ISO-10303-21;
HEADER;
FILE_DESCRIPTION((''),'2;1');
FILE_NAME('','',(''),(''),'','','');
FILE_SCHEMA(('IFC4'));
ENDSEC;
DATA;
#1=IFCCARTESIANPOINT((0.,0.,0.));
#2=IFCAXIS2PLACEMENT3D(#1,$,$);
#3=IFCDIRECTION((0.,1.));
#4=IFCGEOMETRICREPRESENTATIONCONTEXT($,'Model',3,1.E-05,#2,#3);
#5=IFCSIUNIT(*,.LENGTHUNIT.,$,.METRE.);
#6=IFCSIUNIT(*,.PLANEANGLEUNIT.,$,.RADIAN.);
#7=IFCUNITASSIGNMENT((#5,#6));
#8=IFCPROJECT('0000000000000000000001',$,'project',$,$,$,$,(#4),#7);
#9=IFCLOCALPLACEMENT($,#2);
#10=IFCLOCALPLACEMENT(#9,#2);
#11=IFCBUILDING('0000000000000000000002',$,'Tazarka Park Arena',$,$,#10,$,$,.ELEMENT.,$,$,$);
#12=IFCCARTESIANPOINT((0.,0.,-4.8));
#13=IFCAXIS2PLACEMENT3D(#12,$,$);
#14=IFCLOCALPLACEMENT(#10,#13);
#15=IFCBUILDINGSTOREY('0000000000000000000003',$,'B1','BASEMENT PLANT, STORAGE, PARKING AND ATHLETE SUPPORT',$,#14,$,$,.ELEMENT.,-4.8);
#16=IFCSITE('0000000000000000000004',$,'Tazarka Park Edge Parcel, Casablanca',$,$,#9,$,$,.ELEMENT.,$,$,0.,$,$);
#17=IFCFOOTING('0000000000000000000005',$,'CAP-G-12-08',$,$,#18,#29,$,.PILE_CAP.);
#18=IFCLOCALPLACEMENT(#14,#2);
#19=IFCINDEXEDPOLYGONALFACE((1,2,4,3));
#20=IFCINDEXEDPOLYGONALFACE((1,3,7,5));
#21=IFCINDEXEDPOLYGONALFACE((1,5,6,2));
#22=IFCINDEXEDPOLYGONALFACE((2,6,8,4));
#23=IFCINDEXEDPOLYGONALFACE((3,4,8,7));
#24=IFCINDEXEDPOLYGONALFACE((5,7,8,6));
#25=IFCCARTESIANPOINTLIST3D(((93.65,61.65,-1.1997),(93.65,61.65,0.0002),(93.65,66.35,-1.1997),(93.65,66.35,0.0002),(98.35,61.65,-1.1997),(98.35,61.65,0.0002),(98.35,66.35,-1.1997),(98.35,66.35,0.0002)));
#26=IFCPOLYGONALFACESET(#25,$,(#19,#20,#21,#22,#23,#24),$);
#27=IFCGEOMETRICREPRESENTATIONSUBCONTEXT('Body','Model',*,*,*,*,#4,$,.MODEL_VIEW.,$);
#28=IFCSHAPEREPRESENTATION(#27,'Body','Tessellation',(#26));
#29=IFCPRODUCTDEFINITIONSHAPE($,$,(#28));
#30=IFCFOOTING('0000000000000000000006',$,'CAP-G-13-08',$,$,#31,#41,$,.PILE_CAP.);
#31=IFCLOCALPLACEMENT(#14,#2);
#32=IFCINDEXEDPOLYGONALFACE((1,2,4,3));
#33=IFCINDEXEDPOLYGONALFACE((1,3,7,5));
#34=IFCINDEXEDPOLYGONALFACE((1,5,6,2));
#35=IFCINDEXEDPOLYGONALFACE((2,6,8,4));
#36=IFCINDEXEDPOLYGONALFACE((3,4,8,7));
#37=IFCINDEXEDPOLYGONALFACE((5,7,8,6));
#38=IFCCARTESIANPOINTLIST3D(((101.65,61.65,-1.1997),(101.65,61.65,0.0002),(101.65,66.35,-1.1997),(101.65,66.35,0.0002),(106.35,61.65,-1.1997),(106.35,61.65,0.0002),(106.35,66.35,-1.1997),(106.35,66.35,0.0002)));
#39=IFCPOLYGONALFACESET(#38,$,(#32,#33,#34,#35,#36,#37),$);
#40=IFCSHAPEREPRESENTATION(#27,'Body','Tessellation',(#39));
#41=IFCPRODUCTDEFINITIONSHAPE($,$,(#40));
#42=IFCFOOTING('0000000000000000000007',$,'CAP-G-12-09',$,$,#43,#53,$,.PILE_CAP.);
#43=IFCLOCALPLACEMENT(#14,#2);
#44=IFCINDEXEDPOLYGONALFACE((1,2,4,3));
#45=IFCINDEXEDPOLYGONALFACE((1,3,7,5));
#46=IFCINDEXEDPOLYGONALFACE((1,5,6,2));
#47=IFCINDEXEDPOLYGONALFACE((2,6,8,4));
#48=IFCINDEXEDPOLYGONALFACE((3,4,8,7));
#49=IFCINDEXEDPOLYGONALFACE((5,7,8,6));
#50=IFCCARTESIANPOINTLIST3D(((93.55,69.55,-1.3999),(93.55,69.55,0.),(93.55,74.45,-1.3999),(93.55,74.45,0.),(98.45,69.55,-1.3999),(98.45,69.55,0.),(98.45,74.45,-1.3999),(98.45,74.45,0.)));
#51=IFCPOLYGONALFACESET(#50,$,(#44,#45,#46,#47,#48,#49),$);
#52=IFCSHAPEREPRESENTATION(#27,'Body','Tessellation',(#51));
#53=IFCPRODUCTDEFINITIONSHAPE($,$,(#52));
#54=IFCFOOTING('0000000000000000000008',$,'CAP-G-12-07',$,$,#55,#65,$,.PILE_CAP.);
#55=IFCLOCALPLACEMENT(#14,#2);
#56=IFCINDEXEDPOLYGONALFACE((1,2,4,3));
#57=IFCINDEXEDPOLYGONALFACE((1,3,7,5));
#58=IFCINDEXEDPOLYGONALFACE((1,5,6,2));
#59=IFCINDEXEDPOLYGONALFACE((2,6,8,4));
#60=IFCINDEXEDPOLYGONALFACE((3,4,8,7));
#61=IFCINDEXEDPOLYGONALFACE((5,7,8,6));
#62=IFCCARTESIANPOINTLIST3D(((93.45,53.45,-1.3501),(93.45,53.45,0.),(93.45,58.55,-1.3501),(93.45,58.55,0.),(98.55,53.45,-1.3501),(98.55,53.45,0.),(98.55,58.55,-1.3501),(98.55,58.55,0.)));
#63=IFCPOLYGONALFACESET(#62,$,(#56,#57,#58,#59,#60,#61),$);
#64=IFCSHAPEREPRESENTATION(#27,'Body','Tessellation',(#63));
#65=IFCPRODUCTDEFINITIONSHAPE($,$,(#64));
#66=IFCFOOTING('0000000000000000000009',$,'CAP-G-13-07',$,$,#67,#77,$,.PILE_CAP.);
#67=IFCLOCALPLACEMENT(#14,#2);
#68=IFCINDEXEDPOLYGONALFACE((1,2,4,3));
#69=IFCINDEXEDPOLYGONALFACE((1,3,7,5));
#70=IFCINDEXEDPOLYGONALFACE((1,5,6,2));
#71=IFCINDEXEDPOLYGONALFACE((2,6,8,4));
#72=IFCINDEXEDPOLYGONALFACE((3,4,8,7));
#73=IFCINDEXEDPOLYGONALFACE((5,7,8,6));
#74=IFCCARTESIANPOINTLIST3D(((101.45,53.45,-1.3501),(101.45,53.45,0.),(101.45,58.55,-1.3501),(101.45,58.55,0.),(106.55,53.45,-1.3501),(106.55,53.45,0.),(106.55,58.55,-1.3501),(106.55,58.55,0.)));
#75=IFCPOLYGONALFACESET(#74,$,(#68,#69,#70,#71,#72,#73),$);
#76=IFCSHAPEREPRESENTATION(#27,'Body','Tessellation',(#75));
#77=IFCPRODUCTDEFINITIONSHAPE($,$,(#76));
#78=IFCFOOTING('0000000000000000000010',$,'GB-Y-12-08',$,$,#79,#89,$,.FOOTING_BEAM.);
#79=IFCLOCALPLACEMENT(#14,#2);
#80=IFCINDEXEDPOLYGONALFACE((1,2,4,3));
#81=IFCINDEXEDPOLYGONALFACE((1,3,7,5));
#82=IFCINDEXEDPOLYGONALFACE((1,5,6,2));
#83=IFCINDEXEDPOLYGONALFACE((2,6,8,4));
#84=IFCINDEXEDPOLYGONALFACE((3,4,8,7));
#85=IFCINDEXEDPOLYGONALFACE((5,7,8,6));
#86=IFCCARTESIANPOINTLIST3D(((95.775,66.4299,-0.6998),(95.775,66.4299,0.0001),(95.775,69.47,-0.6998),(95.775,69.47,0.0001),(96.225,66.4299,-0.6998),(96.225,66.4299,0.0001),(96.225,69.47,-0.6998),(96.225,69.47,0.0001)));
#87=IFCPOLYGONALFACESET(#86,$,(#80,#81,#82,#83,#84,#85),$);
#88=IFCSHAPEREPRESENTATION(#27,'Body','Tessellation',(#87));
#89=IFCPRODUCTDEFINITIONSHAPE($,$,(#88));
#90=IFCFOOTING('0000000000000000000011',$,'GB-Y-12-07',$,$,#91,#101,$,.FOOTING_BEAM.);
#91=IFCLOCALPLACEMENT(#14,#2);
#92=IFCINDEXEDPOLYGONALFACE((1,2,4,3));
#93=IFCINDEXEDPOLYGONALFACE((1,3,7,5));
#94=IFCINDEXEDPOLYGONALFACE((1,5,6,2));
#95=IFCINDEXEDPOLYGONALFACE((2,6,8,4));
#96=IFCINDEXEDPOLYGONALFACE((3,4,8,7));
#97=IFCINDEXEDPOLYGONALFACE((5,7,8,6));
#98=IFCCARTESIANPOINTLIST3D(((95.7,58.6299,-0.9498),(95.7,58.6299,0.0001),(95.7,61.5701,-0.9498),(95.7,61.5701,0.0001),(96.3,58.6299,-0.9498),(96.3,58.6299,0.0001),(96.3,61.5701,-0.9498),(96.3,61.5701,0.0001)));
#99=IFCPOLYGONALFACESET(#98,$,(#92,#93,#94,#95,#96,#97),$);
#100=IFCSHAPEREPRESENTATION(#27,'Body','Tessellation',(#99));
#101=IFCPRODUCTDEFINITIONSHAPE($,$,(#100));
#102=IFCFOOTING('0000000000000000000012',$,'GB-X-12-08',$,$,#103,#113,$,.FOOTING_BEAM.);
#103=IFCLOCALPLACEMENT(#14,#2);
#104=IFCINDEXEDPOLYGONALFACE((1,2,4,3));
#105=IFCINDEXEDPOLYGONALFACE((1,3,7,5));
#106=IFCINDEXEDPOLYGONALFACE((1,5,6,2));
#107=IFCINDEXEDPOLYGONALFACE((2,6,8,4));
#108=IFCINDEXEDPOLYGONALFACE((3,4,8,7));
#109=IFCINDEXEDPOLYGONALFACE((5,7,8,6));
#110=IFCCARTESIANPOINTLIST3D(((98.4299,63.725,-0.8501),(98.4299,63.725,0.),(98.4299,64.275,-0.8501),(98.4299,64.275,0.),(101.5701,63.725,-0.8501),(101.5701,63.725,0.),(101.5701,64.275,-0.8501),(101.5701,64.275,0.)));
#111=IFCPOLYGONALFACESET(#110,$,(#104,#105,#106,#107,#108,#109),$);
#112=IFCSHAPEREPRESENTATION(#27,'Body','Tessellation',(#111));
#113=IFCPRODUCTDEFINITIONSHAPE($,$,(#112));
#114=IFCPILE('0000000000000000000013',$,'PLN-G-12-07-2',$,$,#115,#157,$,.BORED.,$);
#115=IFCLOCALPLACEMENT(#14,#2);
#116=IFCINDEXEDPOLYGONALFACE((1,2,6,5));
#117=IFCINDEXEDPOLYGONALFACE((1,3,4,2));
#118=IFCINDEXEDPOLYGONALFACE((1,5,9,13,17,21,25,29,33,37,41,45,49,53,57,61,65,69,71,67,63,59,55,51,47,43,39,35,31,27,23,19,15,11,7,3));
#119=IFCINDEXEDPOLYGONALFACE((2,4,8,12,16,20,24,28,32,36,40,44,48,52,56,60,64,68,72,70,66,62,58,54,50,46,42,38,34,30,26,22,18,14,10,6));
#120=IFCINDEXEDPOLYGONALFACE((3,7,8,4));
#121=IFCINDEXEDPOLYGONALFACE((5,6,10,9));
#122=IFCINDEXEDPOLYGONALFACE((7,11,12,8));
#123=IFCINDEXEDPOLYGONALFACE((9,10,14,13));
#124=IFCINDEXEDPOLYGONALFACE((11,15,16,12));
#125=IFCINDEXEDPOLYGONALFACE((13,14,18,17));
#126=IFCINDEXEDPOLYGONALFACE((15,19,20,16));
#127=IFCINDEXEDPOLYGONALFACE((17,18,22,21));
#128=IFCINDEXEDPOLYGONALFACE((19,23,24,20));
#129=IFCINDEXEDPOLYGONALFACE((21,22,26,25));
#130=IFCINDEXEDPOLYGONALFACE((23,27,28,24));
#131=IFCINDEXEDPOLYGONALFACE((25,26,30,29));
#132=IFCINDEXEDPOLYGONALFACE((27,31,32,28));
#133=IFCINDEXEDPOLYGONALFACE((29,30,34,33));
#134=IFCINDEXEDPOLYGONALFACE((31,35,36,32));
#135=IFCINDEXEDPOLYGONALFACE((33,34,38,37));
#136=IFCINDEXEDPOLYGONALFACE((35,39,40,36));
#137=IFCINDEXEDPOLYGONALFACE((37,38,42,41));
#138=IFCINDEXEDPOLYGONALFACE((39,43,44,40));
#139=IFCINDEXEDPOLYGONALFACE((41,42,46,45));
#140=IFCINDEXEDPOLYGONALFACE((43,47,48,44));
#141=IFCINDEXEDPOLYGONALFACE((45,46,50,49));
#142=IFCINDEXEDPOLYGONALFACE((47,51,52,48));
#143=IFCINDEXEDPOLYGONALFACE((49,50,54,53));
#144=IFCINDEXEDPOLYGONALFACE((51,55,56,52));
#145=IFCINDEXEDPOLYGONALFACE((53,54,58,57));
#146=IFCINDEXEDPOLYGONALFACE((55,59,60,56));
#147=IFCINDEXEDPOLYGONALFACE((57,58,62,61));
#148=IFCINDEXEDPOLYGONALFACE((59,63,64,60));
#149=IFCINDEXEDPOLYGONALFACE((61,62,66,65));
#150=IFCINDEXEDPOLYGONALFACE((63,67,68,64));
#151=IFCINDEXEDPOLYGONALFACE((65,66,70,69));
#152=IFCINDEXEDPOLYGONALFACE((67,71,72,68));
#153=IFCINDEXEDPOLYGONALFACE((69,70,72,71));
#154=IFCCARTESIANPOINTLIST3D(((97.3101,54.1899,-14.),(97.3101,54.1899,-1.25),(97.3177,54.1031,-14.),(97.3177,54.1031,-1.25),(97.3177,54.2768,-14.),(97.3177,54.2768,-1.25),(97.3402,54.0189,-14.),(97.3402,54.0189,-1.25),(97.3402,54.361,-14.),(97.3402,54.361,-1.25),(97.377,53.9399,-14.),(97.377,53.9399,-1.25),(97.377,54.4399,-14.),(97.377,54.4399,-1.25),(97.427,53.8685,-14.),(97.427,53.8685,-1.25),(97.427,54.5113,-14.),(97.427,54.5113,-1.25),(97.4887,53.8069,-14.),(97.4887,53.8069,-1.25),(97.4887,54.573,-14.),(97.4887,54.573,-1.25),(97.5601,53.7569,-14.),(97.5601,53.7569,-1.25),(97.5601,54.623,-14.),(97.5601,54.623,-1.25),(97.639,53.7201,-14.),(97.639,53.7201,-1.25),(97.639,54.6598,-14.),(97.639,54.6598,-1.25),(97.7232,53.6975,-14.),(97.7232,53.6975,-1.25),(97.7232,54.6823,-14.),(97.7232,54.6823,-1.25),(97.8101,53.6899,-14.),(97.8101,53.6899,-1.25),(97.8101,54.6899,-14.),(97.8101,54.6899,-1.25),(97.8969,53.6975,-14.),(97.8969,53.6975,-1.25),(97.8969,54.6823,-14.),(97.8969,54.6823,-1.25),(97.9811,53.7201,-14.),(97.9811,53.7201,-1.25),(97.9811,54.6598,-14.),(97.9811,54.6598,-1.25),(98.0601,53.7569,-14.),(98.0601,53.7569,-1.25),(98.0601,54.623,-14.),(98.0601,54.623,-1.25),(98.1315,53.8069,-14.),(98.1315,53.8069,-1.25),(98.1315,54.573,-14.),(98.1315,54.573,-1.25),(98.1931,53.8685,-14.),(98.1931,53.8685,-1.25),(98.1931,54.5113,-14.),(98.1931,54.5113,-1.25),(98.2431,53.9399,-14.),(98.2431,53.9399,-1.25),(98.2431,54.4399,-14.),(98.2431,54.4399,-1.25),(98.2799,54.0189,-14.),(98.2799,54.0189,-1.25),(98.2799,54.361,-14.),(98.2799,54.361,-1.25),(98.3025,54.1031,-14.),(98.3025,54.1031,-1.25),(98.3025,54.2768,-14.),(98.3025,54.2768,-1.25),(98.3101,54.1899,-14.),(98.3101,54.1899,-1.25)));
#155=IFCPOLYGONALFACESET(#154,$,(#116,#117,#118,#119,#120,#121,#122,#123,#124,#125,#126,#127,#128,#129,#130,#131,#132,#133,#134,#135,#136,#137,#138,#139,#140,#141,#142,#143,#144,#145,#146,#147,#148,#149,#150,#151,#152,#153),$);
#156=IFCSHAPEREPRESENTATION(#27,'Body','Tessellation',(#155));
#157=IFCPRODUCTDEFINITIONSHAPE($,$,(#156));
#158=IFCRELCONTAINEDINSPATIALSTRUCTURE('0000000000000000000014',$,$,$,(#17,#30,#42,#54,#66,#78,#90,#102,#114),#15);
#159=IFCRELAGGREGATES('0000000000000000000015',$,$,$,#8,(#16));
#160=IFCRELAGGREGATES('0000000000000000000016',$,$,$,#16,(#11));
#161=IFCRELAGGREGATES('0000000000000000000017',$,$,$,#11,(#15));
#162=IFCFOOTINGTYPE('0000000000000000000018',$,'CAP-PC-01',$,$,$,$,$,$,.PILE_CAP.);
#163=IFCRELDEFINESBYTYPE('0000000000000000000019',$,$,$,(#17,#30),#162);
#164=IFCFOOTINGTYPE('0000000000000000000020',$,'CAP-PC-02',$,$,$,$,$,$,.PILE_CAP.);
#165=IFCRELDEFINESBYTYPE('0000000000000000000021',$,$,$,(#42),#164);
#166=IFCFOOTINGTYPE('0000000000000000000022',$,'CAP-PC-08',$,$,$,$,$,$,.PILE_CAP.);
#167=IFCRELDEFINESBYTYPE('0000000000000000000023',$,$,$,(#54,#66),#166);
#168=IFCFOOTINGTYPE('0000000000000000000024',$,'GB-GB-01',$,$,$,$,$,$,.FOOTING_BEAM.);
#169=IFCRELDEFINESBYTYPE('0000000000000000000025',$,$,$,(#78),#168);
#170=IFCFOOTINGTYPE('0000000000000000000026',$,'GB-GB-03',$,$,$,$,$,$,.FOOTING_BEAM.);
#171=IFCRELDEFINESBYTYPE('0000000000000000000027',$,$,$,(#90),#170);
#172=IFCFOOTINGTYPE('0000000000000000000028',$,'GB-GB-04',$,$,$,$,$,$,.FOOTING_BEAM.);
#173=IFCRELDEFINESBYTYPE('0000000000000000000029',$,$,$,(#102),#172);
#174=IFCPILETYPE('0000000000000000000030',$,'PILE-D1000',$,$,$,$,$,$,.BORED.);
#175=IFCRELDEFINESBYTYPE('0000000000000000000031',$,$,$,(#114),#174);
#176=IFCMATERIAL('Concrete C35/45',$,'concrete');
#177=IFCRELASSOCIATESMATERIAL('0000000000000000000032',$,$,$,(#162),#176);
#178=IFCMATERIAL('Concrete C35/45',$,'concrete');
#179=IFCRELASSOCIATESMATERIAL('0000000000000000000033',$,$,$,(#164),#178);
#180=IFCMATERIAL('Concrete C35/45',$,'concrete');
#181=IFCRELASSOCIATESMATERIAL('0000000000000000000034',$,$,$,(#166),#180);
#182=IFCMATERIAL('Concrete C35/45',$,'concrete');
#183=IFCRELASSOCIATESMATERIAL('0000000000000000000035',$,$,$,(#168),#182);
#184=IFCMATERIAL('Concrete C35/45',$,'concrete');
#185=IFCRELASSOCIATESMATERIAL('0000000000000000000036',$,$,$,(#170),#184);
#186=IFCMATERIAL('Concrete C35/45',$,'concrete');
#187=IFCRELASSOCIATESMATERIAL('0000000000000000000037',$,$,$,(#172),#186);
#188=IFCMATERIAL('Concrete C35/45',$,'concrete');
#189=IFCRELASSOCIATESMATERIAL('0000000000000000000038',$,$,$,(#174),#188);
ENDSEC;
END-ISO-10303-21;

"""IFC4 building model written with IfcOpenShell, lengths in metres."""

from ifc_helpers import new_model, si_unit, direction, frame, origin, origin_2d, place, context, subcontext, project, spatial, rectangle, circle, extrude, material, material_profile, profile_set, type_object, element, save


model = new_model("IFC4")

# Units and contexts
model_context = context("Model", 3, precision=1e-05, world=origin(), true_north=direction((0.0, 1.0)))
body_context = subcontext(model_context, "Body", "Model", "MODEL_VIEW")
ifc_project = project(units=[si_unit("LENGTHUNIT", "METRE"), si_unit("PLANEANGLEUNIT", "RADIAN")], contexts=[model_context])

# Site, building, storey
site_placement = place(None, origin())
site = spatial("IfcSite", under=ifc_project, at=site_placement, Name="Tazarka Park Edge Parcel, Casablanca", CompositionType="ELEMENT", RefElevation=0.0)
building_placement = place(site_placement, origin())
building = spatial("IfcBuilding", under=site, at=building_placement, Name="Tazarka Park Arena", CompositionType="ELEMENT")
storey_placement = place(building_placement, frame((0.0, 0.0, -4.8)))
storey = spatial("IfcBuildingStorey", under=building, at=storey_placement, Name="B1", Description="BASEMENT PLANT, STORAGE, PARKING AND ATHLETE SUPPORT", CompositionType="ELEMENT", Elevation=-4.8)

# Footings
ifc_material_1 = material(Name="Concrete C35/45", Category="concrete")
footing_type_1 = type_object("IfcFootingType", Name="CAP-PC-01", PredefinedType="PILE_CAP", material=ifc_material_1)
for number, where, z_axis, x_axis, name in (
    (1, (96.0, 64.0, -1.1997), (0.0, 0.0, 1.0), (1.0, 0.0, 0.0), "CAP-G-12-08"),
    (2, (104.0, 64.0, -1.1997), (0.0, 0.0, 1.0), (1.0, 0.0, 0.0), "CAP-G-13-08"),
):
    element("IfcFooting", number, at=place(storey_placement, frame(where, z_axis=z_axis, x_axis=x_axis)), inside=storey, type_object=footing_type_1, Name=name, PredefinedType="PILE_CAP", context=body_context, shape_type="SweptSolid", body=[
        extrude(rectangle(XDim=4.7, YDim=4.7, at=origin_2d()), origin(), (0.0, 0.0, 1.0), 1.2),
    ])
ifc_material_2 = material(Name="Concrete C35/45", Category="concrete")
footing_type_2 = type_object("IfcFootingType", Name="CAP-PC-02", PredefinedType="PILE_CAP", material=ifc_material_2)
footing_1_placement = place(storey_placement, frame((96.0, 72.0, -1.3999), z_axis=(0.0, 0.0, 1.0), x_axis=(1.0, 0.0, 0.0)))
element("IfcFooting", 3, at=footing_1_placement, inside=storey, type_object=footing_type_2, Name="CAP-G-12-09", PredefinedType="PILE_CAP", context=body_context, shape_type="SweptSolid", body=[
    extrude(rectangle(XDim=4.8999, YDim=4.8999, at=origin_2d()), origin(), (0.0, 0.0, 1.0), 1.3999),
])
ifc_material_3 = material(Name="Concrete C35/45", Category="concrete")
footing_type_3 = type_object("IfcFootingType", Name="CAP-PC-08", PredefinedType="PILE_CAP", material=ifc_material_3)
for number, where, z_axis, x_axis, name in (
    (4, (96.0, 56.0, -1.3501), (0.0, 0.0, 1.0), (1.0, 0.0, 0.0), "CAP-G-12-07"),
    (5, (104.0, 56.0, -1.3501), (0.0, 0.0, 1.0), (1.0, 0.0, 0.0), "CAP-G-13-07"),
):
    element("IfcFooting", number, at=place(storey_placement, frame(where, z_axis=z_axis, x_axis=x_axis)), inside=storey, type_object=footing_type_3, Name=name, PredefinedType="PILE_CAP", context=body_context, shape_type="SweptSolid", body=[
        extrude(rectangle(XDim=5.1001, YDim=5.1001, at=origin_2d()), origin(), (0.0, 0.0, 1.0), 1.3501),
    ])
ifc_material_4 = material(Name="Concrete C35/45", Category="concrete")
ifc_material_profile_1 = material_profile(ifc_material_4, rectangle(XDim=0.45, YDim=0.7, at=origin_2d()), Name="Concrete C35/45")
ifc_profile_set_1 = profile_set([ifc_material_profile_1], Name="Concrete C35/45")
footing_type_4 = type_object("IfcFootingType", Name="GB-GB-01", PredefinedType="FOOTING_BEAM", material=ifc_profile_set_1)
footing_2_placement = place(storey_placement, frame((96.0, 66.4299, -0.3499), z_axis=(0.0, 1.0, 0.0), x_axis=(-1.0, 0.0, 0.0)))
element("IfcFooting", 6, at=footing_2_placement, inside=storey, type_object=footing_type_4, Name="GB-Y-12-08", PredefinedType="FOOTING_BEAM", context=body_context, shape_type="SweptSolid", body=[
    extrude(rectangle(XDim=0.45, YDim=0.7, at=origin_2d()), origin(), (0.0, 0.0, 1.0), 3.04),
])
ifc_material_5 = material(Name="Concrete C35/45", Category="concrete")
ifc_material_profile_2 = material_profile(ifc_material_5, rectangle(XDim=0.6001, YDim=0.95, at=origin_2d()), Name="Concrete C35/45")
ifc_profile_set_2 = profile_set([ifc_material_profile_2], Name="Concrete C35/45")
footing_type_5 = type_object("IfcFootingType", Name="GB-GB-03", PredefinedType="FOOTING_BEAM", material=ifc_profile_set_2)
footing_3_placement = place(storey_placement, frame((96.0, 58.6299, -0.4749), z_axis=(0.0, 1.0, 0.0), x_axis=(-1.0, 0.0, 0.0)))
element("IfcFooting", 7, at=footing_3_placement, inside=storey, type_object=footing_type_5, Name="GB-Y-12-07", PredefinedType="FOOTING_BEAM", context=body_context, shape_type="SweptSolid", body=[
    extrude(rectangle(XDim=0.6001, YDim=0.95, at=origin_2d()), origin(), (0.0, 0.0, 1.0), 2.9402),
])
ifc_material_6 = material(Name="Concrete C35/45", Category="concrete")
ifc_material_profile_3 = material_profile(ifc_material_6, rectangle(XDim=0.55, YDim=0.8501, at=origin_2d()), Name="Concrete C35/45")
ifc_profile_set_3 = profile_set([ifc_material_profile_3], Name="Concrete C35/45")
footing_type_6 = type_object("IfcFootingType", Name="GB-GB-04", PredefinedType="FOOTING_BEAM", material=ifc_profile_set_3)
footing_4_placement = place(storey_placement, frame((98.4299, 64.0, -0.425), z_axis=(1.0, 0.0, 0.0), x_axis=(0.0, 1.0, 0.0)))
element("IfcFooting", 8, at=footing_4_placement, inside=storey, type_object=footing_type_6, Name="GB-X-12-08", PredefinedType="FOOTING_BEAM", context=body_context, shape_type="SweptSolid", body=[
    extrude(rectangle(XDim=0.55, YDim=0.8501, at=origin_2d()), origin(), (0.0, 0.0, 1.0), 3.1401),
])

# Pile
ifc_material_7 = material(Name="Concrete C35/45", Category="concrete")
ifc_material_profile_4 = material_profile(ifc_material_7, circle(Radius=0.5, at=origin_2d()), Name="Concrete C35/45")
ifc_profile_set_4 = profile_set([ifc_material_profile_4], Name="Concrete C35/45")
pile_type_1 = type_object("IfcPileType", Name="PILE-D1000", PredefinedType="BORED", material=ifc_profile_set_4)
for number, where, z_axis, x_axis, name in (
    (9, (97.8101, 54.1899, -1.25), (0.0, 0.0, -1.0), (1.0, 0.0, 0.0), "PLN-G-12-07-2"),
):
    element("IfcPile", number, at=place(storey_placement, frame(where, z_axis=z_axis, x_axis=x_axis)), inside=storey, type_object=pile_type_1, Name=name, PredefinedType="BORED", context=body_context, shape_type="SweptSolid", body=[
        extrude(circle(Radius=0.5, at=origin_2d()), origin(), (0.0, 0.0, 1.0), 12.75),
    ])

save(model, "model.ifc")
